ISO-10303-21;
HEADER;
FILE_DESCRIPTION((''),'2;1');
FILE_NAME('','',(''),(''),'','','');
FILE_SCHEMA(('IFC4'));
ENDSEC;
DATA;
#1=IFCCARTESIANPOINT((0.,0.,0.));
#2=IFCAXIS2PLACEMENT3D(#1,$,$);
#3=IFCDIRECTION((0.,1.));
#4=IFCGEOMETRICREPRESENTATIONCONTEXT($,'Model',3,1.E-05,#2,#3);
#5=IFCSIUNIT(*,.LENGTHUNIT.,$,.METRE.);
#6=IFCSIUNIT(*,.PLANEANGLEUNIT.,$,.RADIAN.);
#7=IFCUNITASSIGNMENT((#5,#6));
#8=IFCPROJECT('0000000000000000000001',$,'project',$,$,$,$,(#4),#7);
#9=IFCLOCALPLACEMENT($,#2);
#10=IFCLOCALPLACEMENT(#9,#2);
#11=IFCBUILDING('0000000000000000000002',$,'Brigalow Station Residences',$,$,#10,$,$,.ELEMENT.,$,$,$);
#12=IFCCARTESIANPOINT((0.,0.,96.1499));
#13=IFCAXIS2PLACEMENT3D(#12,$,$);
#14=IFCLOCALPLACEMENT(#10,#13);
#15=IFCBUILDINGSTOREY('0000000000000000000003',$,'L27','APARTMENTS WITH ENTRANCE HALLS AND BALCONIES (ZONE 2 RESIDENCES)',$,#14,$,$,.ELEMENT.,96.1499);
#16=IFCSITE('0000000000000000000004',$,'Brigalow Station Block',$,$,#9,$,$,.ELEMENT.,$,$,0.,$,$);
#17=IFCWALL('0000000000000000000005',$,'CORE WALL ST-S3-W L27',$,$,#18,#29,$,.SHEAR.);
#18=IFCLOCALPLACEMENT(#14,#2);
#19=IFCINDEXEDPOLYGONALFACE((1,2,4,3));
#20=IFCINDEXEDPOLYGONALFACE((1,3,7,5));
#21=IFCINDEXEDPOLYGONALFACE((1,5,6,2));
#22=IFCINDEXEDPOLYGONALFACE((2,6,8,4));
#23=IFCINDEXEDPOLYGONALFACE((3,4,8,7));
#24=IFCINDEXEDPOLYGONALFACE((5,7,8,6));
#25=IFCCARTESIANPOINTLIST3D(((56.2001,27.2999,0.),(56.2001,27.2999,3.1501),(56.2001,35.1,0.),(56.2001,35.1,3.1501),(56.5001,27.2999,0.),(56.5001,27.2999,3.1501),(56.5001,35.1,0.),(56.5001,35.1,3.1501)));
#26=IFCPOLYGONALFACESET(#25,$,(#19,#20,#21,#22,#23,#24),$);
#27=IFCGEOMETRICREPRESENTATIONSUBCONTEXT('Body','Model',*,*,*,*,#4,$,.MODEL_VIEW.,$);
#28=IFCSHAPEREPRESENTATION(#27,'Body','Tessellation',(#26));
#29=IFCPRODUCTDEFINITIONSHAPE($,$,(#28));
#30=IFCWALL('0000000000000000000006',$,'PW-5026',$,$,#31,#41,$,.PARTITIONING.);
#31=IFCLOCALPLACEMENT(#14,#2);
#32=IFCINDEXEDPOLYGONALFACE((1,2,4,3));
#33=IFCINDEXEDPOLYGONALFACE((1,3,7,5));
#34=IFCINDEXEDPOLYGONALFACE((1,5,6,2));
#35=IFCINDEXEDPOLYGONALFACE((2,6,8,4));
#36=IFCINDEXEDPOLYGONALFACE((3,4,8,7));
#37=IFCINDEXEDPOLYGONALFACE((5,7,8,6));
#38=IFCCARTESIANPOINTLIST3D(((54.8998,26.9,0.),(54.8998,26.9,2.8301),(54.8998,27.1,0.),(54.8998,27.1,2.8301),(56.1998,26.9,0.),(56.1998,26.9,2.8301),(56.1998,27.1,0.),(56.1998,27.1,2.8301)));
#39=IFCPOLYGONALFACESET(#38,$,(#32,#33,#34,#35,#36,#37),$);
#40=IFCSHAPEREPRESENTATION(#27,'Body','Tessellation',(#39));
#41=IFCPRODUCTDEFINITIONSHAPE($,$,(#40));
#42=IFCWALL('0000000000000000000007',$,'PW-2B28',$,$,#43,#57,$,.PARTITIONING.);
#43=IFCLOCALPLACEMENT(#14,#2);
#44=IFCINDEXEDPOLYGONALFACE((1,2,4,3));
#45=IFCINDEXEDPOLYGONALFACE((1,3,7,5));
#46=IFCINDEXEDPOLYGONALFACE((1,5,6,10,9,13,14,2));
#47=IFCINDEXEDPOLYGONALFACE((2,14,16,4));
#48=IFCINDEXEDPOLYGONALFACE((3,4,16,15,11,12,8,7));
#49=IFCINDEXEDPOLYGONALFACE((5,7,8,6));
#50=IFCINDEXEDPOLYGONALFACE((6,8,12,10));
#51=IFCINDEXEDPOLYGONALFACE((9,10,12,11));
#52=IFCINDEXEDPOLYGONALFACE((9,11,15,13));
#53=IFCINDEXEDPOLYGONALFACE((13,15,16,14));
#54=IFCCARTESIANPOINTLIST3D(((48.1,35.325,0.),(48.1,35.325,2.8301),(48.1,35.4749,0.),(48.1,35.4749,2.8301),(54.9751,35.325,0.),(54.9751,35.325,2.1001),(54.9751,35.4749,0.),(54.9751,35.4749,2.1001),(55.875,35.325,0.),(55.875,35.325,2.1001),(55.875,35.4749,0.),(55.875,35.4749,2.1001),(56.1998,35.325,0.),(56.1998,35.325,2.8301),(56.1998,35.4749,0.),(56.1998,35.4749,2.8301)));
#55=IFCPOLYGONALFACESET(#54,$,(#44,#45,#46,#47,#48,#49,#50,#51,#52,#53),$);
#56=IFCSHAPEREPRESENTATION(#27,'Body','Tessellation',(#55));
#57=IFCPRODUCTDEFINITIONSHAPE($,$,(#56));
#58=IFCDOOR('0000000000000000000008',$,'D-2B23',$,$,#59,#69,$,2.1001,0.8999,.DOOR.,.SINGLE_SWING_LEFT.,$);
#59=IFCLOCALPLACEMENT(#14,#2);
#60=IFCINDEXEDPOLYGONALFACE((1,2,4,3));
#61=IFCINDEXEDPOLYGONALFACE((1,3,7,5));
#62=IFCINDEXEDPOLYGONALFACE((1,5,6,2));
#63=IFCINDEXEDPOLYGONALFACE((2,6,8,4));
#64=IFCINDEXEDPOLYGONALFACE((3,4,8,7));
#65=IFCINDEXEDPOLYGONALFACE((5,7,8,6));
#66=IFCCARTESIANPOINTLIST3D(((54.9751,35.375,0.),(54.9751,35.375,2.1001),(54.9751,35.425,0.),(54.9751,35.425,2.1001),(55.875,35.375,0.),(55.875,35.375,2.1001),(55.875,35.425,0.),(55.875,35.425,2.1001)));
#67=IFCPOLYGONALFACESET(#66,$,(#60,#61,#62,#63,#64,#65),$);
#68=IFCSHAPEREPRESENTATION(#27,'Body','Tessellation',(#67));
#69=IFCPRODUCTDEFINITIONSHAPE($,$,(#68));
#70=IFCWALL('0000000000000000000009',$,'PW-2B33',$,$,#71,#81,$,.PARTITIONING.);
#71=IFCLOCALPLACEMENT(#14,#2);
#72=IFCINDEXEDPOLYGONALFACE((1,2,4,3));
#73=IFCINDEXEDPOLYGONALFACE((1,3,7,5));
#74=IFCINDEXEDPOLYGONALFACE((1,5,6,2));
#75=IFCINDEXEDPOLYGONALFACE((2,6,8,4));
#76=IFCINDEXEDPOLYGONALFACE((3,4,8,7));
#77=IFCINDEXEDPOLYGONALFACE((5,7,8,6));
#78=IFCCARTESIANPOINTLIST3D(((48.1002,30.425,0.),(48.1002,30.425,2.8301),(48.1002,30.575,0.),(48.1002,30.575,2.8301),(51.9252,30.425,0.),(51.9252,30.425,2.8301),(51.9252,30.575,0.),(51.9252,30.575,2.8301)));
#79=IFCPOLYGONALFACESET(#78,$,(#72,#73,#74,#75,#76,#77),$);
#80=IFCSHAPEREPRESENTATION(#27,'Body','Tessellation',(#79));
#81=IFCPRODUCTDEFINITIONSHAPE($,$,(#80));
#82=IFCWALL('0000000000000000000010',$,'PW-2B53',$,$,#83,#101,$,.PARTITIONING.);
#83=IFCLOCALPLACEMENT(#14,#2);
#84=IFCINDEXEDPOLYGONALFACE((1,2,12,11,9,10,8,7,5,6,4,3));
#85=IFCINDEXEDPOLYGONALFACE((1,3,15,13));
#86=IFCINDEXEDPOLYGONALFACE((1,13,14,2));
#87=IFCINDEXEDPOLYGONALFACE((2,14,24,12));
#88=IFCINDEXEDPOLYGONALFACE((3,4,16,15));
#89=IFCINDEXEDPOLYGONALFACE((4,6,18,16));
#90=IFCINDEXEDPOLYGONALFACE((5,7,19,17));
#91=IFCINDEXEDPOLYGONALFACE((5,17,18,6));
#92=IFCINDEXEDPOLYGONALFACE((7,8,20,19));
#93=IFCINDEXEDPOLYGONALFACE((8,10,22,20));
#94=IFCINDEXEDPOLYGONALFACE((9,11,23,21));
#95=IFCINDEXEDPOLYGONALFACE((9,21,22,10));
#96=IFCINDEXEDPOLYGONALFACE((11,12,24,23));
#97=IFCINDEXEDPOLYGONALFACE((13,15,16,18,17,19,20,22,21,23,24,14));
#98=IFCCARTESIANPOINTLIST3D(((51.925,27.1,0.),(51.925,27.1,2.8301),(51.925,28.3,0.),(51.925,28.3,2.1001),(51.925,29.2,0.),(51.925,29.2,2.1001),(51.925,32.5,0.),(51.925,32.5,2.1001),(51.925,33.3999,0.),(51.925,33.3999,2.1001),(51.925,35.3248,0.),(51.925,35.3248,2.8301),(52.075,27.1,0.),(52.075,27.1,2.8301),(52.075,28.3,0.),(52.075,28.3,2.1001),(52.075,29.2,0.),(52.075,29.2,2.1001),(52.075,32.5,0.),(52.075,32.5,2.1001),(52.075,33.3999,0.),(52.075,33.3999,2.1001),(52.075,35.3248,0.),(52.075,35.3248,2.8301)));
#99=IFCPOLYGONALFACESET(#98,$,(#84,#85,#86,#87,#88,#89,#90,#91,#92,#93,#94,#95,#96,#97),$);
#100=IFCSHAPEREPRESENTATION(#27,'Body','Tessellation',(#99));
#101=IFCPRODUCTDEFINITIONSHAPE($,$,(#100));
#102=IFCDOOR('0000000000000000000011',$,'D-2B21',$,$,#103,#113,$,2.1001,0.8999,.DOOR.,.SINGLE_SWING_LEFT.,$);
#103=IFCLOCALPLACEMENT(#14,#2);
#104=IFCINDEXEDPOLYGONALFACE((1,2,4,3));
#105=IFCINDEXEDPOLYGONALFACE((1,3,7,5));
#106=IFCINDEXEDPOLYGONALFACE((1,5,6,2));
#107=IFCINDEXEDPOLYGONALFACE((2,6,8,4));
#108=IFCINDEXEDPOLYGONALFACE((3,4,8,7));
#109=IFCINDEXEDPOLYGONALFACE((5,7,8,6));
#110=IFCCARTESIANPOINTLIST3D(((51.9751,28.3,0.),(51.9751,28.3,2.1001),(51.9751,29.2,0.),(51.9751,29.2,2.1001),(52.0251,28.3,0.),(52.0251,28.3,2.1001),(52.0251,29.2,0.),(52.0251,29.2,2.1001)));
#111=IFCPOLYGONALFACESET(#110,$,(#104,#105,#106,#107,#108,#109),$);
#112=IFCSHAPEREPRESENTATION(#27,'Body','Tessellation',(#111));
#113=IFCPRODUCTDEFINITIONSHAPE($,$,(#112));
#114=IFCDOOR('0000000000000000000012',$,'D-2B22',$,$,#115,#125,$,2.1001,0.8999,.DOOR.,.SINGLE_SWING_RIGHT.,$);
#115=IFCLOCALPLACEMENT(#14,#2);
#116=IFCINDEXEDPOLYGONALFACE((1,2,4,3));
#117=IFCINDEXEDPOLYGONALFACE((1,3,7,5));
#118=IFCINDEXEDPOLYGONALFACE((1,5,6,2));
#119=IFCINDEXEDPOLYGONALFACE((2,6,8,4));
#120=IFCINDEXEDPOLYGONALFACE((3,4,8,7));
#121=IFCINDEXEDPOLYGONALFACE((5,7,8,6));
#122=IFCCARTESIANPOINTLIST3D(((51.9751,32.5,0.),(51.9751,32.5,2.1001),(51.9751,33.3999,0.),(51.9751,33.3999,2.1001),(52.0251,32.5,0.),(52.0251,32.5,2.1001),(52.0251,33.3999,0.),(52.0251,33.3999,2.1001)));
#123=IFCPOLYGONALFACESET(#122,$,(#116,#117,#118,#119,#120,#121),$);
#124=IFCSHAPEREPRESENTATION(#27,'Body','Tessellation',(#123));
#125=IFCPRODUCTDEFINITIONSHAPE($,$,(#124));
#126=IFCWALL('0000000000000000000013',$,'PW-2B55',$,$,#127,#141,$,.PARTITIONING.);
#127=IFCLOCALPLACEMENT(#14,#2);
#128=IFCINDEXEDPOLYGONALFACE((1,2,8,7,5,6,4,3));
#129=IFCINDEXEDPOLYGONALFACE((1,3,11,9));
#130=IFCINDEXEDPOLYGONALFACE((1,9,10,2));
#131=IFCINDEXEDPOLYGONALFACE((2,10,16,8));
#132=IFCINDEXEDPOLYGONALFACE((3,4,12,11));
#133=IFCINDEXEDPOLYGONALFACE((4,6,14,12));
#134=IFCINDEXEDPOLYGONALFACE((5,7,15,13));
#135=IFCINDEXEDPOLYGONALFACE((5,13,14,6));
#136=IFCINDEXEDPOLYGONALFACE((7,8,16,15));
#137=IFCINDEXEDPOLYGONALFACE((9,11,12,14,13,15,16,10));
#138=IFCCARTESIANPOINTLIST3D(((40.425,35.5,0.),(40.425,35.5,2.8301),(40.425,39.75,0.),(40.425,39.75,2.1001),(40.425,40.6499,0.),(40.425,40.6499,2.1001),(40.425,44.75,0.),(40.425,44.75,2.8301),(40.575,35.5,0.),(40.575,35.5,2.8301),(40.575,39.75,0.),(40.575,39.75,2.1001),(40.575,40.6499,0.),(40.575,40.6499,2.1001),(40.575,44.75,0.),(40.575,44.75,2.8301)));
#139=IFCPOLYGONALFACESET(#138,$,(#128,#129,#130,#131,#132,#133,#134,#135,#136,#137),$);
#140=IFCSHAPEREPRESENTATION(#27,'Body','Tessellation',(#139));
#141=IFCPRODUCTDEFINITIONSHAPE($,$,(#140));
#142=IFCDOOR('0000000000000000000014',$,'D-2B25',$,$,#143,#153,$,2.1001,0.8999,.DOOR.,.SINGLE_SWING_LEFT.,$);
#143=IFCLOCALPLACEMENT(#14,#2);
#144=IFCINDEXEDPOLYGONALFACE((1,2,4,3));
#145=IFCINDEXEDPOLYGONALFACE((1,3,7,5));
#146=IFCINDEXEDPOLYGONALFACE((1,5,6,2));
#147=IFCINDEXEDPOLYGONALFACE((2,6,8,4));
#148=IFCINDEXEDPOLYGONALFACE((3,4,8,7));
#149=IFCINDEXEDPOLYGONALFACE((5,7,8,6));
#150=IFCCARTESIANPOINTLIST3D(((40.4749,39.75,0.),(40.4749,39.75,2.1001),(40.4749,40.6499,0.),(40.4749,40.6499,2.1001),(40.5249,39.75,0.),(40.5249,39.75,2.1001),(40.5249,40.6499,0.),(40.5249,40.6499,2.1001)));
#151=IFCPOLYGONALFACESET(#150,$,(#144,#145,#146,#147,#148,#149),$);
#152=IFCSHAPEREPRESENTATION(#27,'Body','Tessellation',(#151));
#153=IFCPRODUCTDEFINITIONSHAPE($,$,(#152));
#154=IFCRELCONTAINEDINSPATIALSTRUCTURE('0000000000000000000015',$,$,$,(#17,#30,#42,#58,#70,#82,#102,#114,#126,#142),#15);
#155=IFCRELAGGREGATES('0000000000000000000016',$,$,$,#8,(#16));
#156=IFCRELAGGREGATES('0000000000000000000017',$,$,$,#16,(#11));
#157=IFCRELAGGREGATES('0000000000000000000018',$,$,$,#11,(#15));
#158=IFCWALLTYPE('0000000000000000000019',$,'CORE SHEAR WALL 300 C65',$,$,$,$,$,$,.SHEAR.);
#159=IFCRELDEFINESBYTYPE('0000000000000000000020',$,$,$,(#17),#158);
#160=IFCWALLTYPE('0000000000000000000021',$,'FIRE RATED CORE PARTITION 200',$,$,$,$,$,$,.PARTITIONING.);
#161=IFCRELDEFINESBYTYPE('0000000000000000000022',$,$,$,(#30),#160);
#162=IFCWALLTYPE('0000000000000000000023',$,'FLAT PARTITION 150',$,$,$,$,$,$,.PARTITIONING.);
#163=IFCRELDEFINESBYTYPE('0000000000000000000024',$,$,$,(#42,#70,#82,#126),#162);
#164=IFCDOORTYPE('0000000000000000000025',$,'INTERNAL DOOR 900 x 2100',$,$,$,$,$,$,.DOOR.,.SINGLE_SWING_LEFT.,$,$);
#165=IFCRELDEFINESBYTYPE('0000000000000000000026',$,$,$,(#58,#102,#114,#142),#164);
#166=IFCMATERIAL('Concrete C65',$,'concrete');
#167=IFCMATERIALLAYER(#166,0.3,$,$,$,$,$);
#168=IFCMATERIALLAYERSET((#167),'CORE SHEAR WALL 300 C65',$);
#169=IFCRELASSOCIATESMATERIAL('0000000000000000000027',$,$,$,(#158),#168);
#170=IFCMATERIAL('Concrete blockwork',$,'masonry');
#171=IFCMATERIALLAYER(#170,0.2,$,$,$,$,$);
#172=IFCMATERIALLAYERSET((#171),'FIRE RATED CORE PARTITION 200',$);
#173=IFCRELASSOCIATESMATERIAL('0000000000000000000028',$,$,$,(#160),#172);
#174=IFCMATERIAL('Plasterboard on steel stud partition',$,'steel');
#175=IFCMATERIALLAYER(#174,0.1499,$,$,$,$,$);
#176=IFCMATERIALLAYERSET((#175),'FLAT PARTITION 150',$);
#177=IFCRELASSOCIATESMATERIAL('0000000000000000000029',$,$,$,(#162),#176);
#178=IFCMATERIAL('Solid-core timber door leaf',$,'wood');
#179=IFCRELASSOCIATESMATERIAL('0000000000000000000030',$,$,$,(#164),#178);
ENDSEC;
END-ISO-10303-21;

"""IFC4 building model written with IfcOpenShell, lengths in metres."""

from ifc_helpers import new_model, si_unit, direction, frame, frame_2d, origin, place, context, subcontext, project, spatial, rectangle, extrude, material, layer, layer_set, type_object, element, fill, save


model = new_model("IFC4")

# Units and contexts
model_context = context("Model", 3, precision=1e-05, world=origin(), true_north=direction((0.0, 1.0)))
body_context = subcontext(model_context, "Body", "Model", "MODEL_VIEW")
ifc_project = project(units=[si_unit("LENGTHUNIT", "METRE"), si_unit("PLANEANGLEUNIT", "RADIAN")], contexts=[model_context])

# Site, building, storey
site_placement = place(None, origin())
site = spatial("IfcSite", under=ifc_project, at=site_placement, Name="Brigalow Station Block", CompositionType="ELEMENT", RefElevation=0.0)
building_placement = place(site_placement, origin())
building = spatial("IfcBuilding", under=site, at=building_placement, Name="Brigalow Station Residences", CompositionType="ELEMENT")
storey_placement = place(building_placement, frame((0.0, 0.0, 96.1499)))
storey = spatial("IfcBuildingStorey", under=building, at=storey_placement, Name="L27", Description="APARTMENTS WITH ENTRANCE HALLS AND BALCONIES (ZONE 2 RESIDENCES)", CompositionType="ELEMENT", Elevation=96.1499)

# Shared definitions
ifc_material_1 = material(Name="Concrete C65", Category="concrete")
ifc_layer_1 = layer(ifc_material_1, 0.3)
ifc_layer_set_1 = layer_set([ifc_layer_1], Name="CORE SHEAR WALL 300 C65")
wall_type_1 = type_object("IfcWallType", Name="CORE SHEAR WALL 300 C65", PredefinedType="SHEAR", material=ifc_layer_set_1)

# Walls
wall_1_placement = place(storey_placement, frame((56.3501, 27.3, 0.0), z_axis=(0.0, 0.0, 1.0), x_axis=(0.0, 1.0, 0.0)))
element("IfcWall", 1, at=wall_1_placement, inside=storey, type_object=wall_type_1, Name="CORE WALL ST-S3-W L27", PredefinedType="SHEAR", context=body_context, shape_type="SweptSolid", body=[
    extrude(rectangle(XDim=7.8, YDim=0.3, at=frame_2d((3.8999, 0.0))), origin(), (0.0, 0.0, 1.0), 3.1501),
])
ifc_material_2 = material(Name="Concrete blockwork", Category="masonry")
ifc_layer_2 = layer(ifc_material_2, 0.2)
ifc_layer_set_2 = layer_set([ifc_layer_2], Name="FIRE RATED CORE PARTITION 200")
wall_type_2 = type_object("IfcWallType", Name="FIRE RATED CORE PARTITION 200", PredefinedType="PARTITIONING", material=ifc_layer_set_2)
wall_2_placement = place(storey_placement, frame((54.8999, 27.0, 0.0), z_axis=(0.0, 0.0, 1.0), x_axis=(1.0, 0.0, 0.0)))
element("IfcWall", 2, at=wall_2_placement, inside=storey, type_object=wall_type_2, Name="PW-5026", PredefinedType="PARTITIONING", context=body_context, shape_type="SweptSolid", body=[
    extrude(rectangle(XDim=1.3, YDim=0.2, at=frame_2d((0.6499, 0.0))), origin(), (0.0, 0.0, 1.0), 2.8301),
])

# Wall, opening, door
ifc_material_3 = material(Name="Plasterboard on steel stud partition", Category="steel")
ifc_layer_3 = layer(ifc_material_3, 0.1499)
ifc_layer_set_3 = layer_set([ifc_layer_3], Name="FLAT PARTITION 150")
wall_type_3 = type_object("IfcWallType", Name="FLAT PARTITION 150", PredefinedType="PARTITIONING", material=ifc_layer_set_3)
wall_3_placement = place(storey_placement, frame((48.1001, 35.3999, 0.0), z_axis=(0.0, 0.0, 1.0), x_axis=(1.0, 0.0, 0.0)))
wall_3 = element("IfcWall", 3, at=wall_3_placement, inside=storey, type_object=wall_type_3, Name="PW-2B28", PredefinedType="PARTITIONING", context=body_context, shape_type="SweptSolid", body=[
    extrude(rectangle(XDim=8.0999, YDim=0.1499, at=frame_2d((4.0498, 0.0))), origin(), (0.0, 0.0, 1.0), 2.8301),
])
opening_1_placement = place(wall_3_placement, frame((6.875, 0.0, 0.0)))
opening_1 = element("IfcOpeningElement", 4, at=opening_1_placement, cuts=wall_3, PredefinedType="OPENING", context=body_context, shape_type="SweptSolid", body=[
    extrude(rectangle(XDim=0.8999, YDim=2.1001, at=frame_2d((0.45, 1.05))), frame((0.0, 0.085, 0.0), z_axis=(0.0, -1.0, 0.0), x_axis=(1.0, 0.0, 0.0)), (0.0, 0.0, 1.0), 0.1699),
])
ifc_material_4 = material(Name="Solid-core timber door leaf", Category="wood")
door_type_1 = type_object("IfcDoorType", Name="INTERNAL DOOR 900 x 2100", OperationType="SINGLE_SWING_LEFT", PredefinedType="DOOR", material=ifc_material_4)
door_1_placement = place(opening_1_placement, frame((0.8999, 0.0, 0.0), z_axis=(0.0, 0.0, 1.0), x_axis=(-1.0, 0.0, 0.0)))
door_1 = element("IfcDoor", 5, at=door_1_placement, inside=storey, type_object=door_type_1, Name="D-2B23", OperationType="SINGLE_SWING_LEFT", OverallHeight=2.1001, OverallWidth=0.8999, PredefinedType="DOOR", context=body_context, shape_type="SweptSolid", body=[
    extrude(rectangle(XDim=0.8999, YDim=2.1001, at=frame_2d((0.45, 1.05))), frame((0.0, 0.0249, 0.0), z_axis=(0.0, -1.0, 0.0), x_axis=(1.0, 0.0, 0.0)), (0.0, 0.0, 1.0), 0.05),
])
fill(opening_1, door_1)

# Wall
wall_4_placement = place(storey_placement, frame((48.1001, 30.5, 0.0), z_axis=(0.0, 0.0, 1.0), x_axis=(1.0, 0.0, 0.0)))
element("IfcWall", 6, at=wall_4_placement, inside=storey, type_object=wall_type_3, Name="PW-2B33", PredefinedType="PARTITIONING", context=body_context, shape_type="SweptSolid", body=[
    extrude(rectangle(XDim=3.825, YDim=0.1499, at=frame_2d((1.9126, 0.0))), origin(), (0.0, 0.0, 1.0), 2.8301),
])

# Wall, openings, doors
wall_5_placement = place(storey_placement, frame((52.0, 27.1001, 0.0), z_axis=(0.0, 0.0, 1.0), x_axis=(0.0, 1.0, 0.0)))
wall_5 = element("IfcWall", 7, at=wall_5_placement, inside=storey, type_object=wall_type_3, Name="PW-2B53", PredefinedType="PARTITIONING", context=body_context, shape_type="SweptSolid", body=[
    extrude(rectangle(XDim=8.2249, YDim=0.1499, at=frame_2d((4.1123, 0.0))), origin(), (0.0, 0.0, 1.0), 2.8301),
])
opening_2_placement = place(wall_5_placement, frame((1.2, 0.0, 0.0)))
opening_2 = element("IfcOpeningElement", 8, at=opening_2_placement, cuts=wall_5, PredefinedType="OPENING", context=body_context, shape_type="SweptSolid", body=[
    extrude(rectangle(XDim=0.8999, YDim=2.1001, at=frame_2d((0.45, 1.05))), frame((0.0, 0.085, 0.0), z_axis=(0.0, -1.0, 0.0), x_axis=(1.0, 0.0, 0.0)), (0.0, 0.0, 1.0), 0.1699),
])
opening_3_placement = place(wall_5_placement, frame((5.3999, 0.0, 0.0)))
opening_3 = element("IfcOpeningElement", 9, at=opening_3_placement, cuts=wall_5, PredefinedType="OPENING", context=body_context, shape_type="SweptSolid", body=[
    extrude(rectangle(XDim=0.8999, YDim=2.1001, at=frame_2d((0.45, 1.05))), frame((0.0, 0.085, 0.0), z_axis=(0.0, -1.0, 0.0), x_axis=(1.0, 0.0, 0.0)), (0.0, 0.0, 1.0), 0.1699),
])
door_2_placement = place(opening_2_placement, origin())
door_2 = element("IfcDoor", 10, at=door_2_placement, inside=storey, type_object=door_type_1, Name="D-2B21", OperationType="SINGLE_SWING_LEFT", OverallHeight=2.1001, OverallWidth=0.8999, PredefinedType="DOOR", context=body_context, shape_type="SweptSolid", body=[
    extrude(rectangle(XDim=0.8999, YDim=2.1001, at=frame_2d((0.45, 1.05))), frame((0.0, 0.0249, 0.0), z_axis=(0.0, -1.0, 0.0), x_axis=(1.0, 0.0, 0.0)), (0.0, 0.0, 1.0), 0.05),
])
fill(opening_2, door_2)
door_3_placement = place(opening_3_placement, origin())
door_3 = element("IfcDoor", 11, at=door_3_placement, inside=storey, type_object=door_type_1, Name="D-2B22", OperationType="SINGLE_SWING_RIGHT", OverallHeight=2.1001, OverallWidth=0.8999, PredefinedType="DOOR", context=body_context, shape_type="SweptSolid", body=[
    extrude(rectangle(XDim=0.8999, YDim=2.1001, at=frame_2d((0.45, 1.05))), frame((0.0, 0.0249, 0.0), z_axis=(0.0, -1.0, 0.0), x_axis=(1.0, 0.0, 0.0)), (0.0, 0.0, 1.0), 0.05),
])
fill(opening_3, door_3)

# Wall, opening, door
wall_6_placement = place(storey_placement, frame((40.5, 35.5, 0.0), z_axis=(0.0, 0.0, 1.0), x_axis=(0.0, 1.0, 0.0)))
wall_6 = element("IfcWall", 12, at=wall_6_placement, inside=storey, type_object=wall_type_3, Name="PW-2B55", PredefinedType="PARTITIONING", context=body_context, shape_type="SweptSolid", body=[
    extrude(rectangle(XDim=9.25, YDim=0.1499, at=frame_2d((4.625, 0.0))), origin(), (0.0, 0.0, 1.0), 2.8301),
])
opening_4_placement = place(wall_6_placement, frame((4.25, 0.0, 0.0)))
opening_4 = element("IfcOpeningElement", 13, at=opening_4_placement, cuts=wall_6, PredefinedType="OPENING", context=body_context, shape_type="SweptSolid", body=[
    extrude(rectangle(XDim=0.8999, YDim=2.1001, at=frame_2d((0.45, 1.05))), frame((0.0, 0.085, 0.0), z_axis=(0.0, -1.0, 0.0), x_axis=(1.0, 0.0, 0.0)), (0.0, 0.0, 1.0), 0.1699),
])
door_4_placement = place(opening_4_placement, frame((0.8999, 0.0, 0.0), z_axis=(0.0, 0.0, 1.0), x_axis=(-1.0, 0.0, 0.0)))
door_4 = element("IfcDoor", 14, at=door_4_placement, inside=storey, type_object=door_type_1, Name="D-2B25", OperationType="SINGLE_SWING_LEFT", OverallHeight=2.1001, OverallWidth=0.8999, PredefinedType="DOOR", context=body_context, shape_type="SweptSolid", body=[
    extrude(rectangle(XDim=0.8999, YDim=2.1001, at=frame_2d((0.45, 1.05))), frame((0.0, 0.0249, 0.0), z_axis=(0.0, -1.0, 0.0), x_axis=(1.0, 0.0, 0.0)), (0.0, 0.0, 1.0), 0.05),
])
fill(opening_4, door_4)

save(model, "model.ifc")
